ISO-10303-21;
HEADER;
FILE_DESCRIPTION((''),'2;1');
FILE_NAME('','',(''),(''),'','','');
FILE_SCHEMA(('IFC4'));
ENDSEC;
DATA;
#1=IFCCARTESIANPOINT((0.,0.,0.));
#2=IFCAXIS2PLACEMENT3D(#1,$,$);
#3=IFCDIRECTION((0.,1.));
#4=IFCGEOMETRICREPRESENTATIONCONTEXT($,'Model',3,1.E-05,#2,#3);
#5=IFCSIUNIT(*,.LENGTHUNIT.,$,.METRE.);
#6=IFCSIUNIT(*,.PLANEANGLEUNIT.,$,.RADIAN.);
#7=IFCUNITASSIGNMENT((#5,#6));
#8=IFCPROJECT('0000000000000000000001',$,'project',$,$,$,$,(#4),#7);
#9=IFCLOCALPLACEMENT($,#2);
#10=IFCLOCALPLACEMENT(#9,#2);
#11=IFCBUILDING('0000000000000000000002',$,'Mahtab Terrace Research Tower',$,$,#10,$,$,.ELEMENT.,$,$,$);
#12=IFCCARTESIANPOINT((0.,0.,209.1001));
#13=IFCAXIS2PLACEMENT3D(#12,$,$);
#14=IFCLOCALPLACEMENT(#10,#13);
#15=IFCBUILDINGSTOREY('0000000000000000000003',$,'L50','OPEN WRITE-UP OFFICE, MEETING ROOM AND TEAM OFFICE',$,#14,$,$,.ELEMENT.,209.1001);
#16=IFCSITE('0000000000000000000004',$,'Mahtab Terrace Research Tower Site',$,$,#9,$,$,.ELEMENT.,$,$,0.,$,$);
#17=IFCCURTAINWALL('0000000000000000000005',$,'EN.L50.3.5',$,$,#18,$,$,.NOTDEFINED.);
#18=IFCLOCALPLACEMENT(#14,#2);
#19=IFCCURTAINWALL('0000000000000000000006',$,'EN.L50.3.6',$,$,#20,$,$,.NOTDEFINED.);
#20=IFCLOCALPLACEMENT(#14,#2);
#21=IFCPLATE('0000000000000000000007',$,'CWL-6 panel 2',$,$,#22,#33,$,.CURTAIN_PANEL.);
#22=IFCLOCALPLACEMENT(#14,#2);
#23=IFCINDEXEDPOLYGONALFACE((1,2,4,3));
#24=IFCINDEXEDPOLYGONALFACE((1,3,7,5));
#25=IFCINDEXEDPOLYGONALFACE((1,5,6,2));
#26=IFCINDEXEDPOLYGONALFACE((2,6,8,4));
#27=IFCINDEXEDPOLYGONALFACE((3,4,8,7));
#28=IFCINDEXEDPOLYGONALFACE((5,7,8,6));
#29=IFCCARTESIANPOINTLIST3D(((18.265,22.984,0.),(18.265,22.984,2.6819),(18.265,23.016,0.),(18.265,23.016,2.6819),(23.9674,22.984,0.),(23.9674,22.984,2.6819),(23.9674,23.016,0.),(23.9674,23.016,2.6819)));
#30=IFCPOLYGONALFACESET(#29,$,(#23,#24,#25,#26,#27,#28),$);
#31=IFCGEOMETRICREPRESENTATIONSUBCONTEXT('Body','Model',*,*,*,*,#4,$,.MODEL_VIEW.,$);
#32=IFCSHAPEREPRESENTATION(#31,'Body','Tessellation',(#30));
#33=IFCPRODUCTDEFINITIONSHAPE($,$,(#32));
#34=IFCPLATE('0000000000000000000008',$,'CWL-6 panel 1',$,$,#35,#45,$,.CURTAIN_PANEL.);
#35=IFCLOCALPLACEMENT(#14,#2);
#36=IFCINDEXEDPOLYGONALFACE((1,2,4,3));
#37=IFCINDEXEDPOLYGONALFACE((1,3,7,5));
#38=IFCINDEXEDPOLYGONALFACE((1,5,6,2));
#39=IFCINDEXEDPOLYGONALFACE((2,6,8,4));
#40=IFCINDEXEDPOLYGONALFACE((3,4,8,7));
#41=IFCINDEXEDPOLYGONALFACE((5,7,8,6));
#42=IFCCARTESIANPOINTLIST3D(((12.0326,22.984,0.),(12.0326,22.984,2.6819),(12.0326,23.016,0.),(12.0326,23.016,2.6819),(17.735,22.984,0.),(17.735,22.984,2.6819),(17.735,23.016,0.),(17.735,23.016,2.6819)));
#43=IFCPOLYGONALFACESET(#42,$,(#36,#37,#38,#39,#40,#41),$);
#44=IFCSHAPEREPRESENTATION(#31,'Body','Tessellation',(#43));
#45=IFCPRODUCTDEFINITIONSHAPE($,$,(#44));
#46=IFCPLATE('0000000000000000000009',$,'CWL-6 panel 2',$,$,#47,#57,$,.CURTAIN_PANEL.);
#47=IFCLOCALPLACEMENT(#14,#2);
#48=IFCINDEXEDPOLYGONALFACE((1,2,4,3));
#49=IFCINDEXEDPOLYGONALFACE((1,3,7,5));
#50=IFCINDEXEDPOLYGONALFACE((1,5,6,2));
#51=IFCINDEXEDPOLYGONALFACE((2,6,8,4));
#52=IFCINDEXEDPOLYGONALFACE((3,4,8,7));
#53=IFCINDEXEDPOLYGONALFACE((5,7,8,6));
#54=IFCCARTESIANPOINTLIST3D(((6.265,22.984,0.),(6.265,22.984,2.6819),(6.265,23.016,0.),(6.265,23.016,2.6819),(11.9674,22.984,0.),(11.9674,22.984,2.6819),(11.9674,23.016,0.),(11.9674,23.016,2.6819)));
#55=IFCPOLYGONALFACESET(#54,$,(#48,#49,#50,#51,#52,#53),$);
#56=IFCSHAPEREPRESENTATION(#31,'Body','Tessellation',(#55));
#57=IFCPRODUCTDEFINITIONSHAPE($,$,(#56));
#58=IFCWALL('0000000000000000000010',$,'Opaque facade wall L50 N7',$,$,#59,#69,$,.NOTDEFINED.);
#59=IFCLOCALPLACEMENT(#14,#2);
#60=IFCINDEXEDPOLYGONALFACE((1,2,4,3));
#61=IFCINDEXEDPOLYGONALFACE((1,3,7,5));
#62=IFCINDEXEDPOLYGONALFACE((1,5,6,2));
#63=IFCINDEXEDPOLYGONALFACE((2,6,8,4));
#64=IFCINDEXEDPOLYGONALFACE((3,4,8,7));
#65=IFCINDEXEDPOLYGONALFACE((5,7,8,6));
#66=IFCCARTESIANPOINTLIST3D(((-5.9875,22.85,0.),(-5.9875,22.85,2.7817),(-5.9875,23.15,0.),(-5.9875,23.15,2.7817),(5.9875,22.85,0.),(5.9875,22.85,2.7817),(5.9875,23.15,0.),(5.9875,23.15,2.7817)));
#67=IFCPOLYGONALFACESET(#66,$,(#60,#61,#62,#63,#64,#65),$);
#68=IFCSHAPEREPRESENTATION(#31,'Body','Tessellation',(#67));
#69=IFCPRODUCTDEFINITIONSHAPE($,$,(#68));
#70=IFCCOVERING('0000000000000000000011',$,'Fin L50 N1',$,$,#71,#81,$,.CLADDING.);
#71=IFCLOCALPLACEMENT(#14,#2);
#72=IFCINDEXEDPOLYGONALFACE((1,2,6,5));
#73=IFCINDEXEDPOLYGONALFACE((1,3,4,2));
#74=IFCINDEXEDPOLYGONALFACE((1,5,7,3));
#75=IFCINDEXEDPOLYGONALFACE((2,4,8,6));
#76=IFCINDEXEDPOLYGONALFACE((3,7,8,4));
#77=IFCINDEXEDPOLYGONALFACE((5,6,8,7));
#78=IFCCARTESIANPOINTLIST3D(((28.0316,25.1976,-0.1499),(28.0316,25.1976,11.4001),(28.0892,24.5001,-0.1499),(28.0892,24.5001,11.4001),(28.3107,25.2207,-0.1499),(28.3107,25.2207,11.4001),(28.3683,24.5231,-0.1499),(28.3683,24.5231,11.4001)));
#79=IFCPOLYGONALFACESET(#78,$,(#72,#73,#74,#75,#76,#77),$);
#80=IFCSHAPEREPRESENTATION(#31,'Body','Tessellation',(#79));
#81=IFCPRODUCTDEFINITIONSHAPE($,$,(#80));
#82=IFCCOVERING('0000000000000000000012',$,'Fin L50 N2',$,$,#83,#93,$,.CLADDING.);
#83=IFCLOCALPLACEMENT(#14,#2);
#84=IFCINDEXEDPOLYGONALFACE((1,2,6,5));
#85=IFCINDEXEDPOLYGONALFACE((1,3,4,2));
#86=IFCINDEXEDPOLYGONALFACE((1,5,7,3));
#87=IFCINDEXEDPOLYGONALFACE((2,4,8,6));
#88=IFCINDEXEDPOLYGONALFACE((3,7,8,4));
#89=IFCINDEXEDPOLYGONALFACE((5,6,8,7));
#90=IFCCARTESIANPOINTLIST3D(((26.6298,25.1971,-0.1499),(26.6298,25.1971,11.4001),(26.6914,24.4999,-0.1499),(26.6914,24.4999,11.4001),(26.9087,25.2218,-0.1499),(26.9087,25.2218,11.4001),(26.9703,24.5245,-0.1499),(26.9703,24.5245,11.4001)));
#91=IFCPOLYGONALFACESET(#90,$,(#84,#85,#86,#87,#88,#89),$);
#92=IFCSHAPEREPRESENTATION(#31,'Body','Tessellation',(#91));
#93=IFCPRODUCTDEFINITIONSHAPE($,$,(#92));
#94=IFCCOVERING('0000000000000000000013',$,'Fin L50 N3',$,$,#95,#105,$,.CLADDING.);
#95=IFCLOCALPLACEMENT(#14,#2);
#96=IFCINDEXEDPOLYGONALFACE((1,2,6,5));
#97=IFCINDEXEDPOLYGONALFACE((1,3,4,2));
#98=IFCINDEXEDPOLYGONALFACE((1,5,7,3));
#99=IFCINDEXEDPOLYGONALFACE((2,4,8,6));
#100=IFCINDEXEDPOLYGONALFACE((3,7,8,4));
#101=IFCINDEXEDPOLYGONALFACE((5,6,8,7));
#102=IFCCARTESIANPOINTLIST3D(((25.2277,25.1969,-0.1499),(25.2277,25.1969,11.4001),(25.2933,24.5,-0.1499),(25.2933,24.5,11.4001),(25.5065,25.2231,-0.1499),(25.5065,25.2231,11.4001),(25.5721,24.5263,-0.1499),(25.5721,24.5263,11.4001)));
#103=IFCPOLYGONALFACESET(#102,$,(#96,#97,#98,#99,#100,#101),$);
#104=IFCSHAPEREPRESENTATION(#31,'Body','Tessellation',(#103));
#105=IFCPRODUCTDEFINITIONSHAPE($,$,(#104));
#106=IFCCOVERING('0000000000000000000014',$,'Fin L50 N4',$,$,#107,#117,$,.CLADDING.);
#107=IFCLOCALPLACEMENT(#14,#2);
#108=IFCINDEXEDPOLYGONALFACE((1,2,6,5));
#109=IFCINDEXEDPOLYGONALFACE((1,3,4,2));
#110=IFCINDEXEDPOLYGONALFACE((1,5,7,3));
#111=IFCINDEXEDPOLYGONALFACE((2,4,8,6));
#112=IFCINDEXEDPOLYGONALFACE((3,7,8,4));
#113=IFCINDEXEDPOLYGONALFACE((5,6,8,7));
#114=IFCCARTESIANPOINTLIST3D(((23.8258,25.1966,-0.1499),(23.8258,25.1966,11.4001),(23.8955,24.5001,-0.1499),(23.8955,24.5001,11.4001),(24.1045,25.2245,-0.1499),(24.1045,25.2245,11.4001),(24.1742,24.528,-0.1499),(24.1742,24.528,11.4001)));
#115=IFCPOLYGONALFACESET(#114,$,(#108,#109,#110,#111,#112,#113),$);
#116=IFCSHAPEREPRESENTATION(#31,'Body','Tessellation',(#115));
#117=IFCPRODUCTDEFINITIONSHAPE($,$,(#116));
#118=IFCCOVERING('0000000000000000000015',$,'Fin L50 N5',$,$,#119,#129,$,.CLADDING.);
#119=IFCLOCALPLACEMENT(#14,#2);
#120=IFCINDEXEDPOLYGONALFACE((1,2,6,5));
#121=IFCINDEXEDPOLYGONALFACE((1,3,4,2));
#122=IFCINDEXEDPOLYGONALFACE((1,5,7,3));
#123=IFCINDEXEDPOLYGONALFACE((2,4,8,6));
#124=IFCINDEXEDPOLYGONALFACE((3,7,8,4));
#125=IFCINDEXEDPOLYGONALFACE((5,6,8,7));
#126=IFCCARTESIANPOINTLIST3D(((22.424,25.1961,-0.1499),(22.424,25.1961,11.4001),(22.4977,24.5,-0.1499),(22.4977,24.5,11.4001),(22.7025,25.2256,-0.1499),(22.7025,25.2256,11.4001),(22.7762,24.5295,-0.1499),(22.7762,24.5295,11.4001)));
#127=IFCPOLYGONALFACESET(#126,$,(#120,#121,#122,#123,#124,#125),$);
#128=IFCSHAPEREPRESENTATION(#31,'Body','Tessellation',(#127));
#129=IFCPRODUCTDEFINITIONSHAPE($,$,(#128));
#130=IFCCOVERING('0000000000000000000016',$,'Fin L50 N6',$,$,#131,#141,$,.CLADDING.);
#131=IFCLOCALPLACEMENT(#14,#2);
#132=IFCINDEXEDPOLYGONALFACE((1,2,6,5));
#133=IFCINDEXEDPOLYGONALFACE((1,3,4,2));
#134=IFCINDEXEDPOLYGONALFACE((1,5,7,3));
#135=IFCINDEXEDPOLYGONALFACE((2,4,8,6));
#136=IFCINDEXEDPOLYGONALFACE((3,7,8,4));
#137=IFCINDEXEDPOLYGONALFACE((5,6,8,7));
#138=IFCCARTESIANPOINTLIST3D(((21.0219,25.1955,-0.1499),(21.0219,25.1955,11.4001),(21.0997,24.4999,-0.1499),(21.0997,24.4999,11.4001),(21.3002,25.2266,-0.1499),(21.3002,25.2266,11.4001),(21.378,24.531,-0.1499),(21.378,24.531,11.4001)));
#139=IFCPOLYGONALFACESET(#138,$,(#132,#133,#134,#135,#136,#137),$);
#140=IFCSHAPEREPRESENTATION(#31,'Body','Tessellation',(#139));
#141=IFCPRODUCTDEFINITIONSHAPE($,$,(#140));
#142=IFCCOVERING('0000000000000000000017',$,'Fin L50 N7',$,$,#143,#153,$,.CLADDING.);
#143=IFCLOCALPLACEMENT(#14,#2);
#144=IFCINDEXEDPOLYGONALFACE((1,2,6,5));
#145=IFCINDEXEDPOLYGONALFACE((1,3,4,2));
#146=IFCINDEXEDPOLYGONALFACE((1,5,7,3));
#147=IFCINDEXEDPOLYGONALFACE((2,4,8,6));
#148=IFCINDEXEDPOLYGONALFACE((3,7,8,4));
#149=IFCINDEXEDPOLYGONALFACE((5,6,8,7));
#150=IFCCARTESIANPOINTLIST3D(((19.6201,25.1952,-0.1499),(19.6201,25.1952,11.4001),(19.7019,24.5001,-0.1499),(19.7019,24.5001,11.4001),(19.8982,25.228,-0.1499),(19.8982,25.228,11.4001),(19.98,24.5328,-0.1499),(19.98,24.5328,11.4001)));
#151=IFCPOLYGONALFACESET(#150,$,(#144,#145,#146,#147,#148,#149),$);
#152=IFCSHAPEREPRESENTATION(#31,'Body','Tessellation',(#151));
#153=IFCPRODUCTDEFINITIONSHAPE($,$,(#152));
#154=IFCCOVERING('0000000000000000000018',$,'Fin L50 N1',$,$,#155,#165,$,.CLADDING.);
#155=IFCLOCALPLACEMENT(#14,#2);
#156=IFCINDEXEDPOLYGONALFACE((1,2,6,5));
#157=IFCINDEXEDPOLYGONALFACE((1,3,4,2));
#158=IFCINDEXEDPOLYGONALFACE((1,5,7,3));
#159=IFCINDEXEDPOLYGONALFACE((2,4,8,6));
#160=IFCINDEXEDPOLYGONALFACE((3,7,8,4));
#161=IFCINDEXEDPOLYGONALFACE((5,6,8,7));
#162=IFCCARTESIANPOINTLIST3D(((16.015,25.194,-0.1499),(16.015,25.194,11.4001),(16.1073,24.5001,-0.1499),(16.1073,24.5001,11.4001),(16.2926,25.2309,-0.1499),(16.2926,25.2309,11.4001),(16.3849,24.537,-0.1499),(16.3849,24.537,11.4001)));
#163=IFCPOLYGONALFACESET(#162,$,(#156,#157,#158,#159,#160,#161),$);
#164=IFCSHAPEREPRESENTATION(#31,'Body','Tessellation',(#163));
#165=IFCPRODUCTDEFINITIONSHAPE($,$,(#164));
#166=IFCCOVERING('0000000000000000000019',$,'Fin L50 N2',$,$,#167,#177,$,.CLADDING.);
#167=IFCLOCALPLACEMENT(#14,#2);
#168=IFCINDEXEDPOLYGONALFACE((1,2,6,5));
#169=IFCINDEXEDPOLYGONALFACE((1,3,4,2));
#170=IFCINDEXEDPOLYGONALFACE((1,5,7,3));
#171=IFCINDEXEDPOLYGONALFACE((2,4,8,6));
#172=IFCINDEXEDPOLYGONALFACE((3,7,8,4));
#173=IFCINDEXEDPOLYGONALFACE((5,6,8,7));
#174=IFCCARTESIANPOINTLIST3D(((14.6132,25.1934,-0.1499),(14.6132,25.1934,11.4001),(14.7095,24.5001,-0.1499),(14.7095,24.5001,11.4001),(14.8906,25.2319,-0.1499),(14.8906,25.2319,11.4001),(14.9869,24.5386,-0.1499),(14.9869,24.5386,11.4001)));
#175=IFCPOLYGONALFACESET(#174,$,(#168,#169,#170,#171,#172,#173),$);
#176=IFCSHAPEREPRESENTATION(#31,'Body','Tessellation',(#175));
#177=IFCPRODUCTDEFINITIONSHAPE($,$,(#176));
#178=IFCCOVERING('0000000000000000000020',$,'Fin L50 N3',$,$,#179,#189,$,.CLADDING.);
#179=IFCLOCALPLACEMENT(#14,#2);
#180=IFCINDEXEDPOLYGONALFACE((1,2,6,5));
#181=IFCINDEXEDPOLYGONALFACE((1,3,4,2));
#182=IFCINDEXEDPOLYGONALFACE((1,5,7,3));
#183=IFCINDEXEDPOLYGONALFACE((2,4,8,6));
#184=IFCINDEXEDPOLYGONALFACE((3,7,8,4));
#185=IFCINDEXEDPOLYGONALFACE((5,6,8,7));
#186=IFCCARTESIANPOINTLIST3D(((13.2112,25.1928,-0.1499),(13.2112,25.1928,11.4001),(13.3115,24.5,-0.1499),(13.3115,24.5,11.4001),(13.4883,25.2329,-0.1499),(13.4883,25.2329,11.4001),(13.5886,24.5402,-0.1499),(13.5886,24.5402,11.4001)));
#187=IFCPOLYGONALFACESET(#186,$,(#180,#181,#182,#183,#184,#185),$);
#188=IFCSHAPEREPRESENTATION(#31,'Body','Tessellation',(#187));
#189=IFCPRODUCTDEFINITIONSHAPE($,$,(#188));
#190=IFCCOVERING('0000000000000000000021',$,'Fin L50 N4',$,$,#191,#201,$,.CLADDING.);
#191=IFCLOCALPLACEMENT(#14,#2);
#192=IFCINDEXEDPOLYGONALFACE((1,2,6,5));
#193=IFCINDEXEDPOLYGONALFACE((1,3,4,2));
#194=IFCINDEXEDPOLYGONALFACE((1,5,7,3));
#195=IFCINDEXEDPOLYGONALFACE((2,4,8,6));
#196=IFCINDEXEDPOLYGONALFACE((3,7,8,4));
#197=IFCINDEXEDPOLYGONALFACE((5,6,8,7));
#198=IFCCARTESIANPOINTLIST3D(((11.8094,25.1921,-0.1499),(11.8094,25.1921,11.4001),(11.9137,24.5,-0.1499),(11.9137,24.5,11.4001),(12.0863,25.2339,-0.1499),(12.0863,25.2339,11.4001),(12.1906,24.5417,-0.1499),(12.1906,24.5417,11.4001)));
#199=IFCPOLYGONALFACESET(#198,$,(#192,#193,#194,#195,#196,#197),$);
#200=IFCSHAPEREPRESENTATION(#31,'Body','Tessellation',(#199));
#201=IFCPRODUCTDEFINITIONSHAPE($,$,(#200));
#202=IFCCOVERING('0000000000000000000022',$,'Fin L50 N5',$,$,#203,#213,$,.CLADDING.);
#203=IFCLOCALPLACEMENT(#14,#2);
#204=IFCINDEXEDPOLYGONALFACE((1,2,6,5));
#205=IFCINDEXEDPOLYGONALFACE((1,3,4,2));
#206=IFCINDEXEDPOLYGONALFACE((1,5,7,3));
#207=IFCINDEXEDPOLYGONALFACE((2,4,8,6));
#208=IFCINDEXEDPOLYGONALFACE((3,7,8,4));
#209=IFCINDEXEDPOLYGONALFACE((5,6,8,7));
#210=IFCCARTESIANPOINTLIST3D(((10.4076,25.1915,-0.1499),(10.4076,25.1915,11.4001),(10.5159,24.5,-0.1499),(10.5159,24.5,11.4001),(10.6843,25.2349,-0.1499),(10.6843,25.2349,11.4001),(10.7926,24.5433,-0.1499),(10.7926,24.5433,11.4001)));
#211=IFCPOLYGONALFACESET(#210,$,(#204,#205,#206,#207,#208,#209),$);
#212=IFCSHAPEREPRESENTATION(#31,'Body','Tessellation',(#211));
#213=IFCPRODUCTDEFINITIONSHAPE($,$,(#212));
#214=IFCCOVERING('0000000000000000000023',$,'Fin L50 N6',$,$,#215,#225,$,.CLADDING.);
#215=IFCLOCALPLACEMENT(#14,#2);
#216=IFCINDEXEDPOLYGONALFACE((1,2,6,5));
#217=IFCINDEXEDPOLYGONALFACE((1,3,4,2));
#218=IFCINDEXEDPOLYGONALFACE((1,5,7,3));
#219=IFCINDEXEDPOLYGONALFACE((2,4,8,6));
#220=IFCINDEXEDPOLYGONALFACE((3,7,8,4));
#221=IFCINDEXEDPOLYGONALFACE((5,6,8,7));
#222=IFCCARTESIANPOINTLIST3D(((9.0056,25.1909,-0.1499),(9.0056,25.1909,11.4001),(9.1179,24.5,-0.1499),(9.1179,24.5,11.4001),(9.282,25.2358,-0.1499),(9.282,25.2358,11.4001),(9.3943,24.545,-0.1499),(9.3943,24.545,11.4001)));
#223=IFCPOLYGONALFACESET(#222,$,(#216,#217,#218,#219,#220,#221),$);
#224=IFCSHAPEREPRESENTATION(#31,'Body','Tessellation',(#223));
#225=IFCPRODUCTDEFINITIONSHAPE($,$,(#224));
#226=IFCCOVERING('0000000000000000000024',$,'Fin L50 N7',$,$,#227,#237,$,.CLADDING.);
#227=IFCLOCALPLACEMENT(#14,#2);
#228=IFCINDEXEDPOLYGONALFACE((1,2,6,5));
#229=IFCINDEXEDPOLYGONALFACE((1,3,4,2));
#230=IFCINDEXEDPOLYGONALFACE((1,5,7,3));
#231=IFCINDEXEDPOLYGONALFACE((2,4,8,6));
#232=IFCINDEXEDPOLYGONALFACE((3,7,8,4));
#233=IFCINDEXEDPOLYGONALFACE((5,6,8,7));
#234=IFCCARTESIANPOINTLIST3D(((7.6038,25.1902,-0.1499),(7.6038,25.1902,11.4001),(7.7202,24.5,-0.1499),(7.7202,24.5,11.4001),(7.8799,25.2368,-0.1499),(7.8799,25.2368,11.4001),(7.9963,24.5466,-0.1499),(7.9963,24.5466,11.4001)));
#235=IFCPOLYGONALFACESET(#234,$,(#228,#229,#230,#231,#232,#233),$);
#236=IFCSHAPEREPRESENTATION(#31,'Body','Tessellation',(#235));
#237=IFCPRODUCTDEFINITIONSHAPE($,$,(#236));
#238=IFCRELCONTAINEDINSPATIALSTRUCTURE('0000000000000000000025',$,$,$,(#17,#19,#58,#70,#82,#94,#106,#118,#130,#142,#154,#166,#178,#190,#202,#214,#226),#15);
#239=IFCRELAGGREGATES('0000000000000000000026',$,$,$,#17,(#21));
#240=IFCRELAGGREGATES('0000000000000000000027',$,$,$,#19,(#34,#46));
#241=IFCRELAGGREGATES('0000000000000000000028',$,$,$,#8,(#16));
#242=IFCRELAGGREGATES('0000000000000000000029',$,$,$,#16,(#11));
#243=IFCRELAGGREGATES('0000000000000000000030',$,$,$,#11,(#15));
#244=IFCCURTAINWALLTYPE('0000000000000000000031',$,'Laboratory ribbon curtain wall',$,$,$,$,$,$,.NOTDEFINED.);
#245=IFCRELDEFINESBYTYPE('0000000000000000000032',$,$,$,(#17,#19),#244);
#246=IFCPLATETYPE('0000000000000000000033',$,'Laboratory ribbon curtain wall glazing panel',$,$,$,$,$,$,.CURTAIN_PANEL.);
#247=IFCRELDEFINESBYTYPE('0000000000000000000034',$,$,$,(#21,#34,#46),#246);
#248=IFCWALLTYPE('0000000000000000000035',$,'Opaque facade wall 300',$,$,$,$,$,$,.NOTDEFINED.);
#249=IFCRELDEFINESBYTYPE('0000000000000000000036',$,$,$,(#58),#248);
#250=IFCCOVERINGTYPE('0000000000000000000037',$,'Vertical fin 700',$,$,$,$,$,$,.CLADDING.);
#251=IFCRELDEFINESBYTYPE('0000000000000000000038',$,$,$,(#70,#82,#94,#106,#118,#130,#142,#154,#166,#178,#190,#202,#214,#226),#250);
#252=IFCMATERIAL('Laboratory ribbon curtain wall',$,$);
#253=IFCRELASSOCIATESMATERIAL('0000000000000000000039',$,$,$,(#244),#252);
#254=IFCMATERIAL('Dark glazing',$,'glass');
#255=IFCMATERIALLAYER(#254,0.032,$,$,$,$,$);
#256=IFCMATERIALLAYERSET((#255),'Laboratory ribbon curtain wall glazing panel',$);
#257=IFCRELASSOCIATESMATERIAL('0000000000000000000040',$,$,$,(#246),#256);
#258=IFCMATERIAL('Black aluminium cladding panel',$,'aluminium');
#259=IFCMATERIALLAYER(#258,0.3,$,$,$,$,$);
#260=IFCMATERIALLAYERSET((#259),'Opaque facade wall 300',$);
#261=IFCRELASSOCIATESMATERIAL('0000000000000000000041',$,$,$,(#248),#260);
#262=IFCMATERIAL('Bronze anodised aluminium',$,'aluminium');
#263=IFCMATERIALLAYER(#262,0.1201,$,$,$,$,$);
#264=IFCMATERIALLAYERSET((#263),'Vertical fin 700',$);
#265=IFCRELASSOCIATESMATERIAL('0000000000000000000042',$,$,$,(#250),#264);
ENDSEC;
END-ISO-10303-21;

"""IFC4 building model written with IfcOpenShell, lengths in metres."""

from ifc_helpers import new_model, si_unit, direction, frame, frame_2d, origin, origin_2d, place, context, subcontext, project, spatial, rectangle, extrude, material, layer, layer_set, type_object, element, aggregate, save


model = new_model("IFC4")

# Units and contexts
model_context = context("Model", 3, precision=1e-05, world=origin(), true_north=direction((0.0, 1.0)))
body_context = subcontext(model_context, "Body", "Model", "MODEL_VIEW")
ifc_project = project(units=[si_unit("LENGTHUNIT", "METRE"), si_unit("PLANEANGLEUNIT", "RADIAN")], contexts=[model_context])

# Site, building, storey
site_placement = place(None, origin())
site = spatial("IfcSite", under=ifc_project, at=site_placement, Name="Mahtab Terrace Research Tower Site", CompositionType="ELEMENT", RefElevation=0.0)
building_placement = place(site_placement, origin())
building = spatial("IfcBuilding", under=site, at=building_placement, Name="Mahtab Terrace Research Tower", CompositionType="ELEMENT")
storey_placement = place(building_placement, frame((0.0, 0.0, 209.1001)))
storey = spatial("IfcBuildingStorey", under=building, at=storey_placement, Name="L50", Description="OPEN WRITE-UP OFFICE, MEETING ROOM AND TEAM OFFICE", CompositionType="ELEMENT", Elevation=209.1001)

# Curtain walls
ifc_material_1 = material(Name="Laboratory ribbon curtain wall")
curtain_wall_type = type_object("IfcCurtainWallType", Name="Laboratory ribbon curtain wall", PredefinedType="NOTDEFINED", material=ifc_material_1)
curtain_wall_1_placement = place(storey_placement, origin())
curtain_wall_1 = element("IfcCurtainWall", 1, at=curtain_wall_1_placement, inside=storey, type_object=curtain_wall_type, Name="EN.L50.3.5", PredefinedType="NOTDEFINED")
curtain_wall_2_placement = place(storey_placement, origin())
curtain_wall_2 = element("IfcCurtainWall", 2, at=curtain_wall_2_placement, inside=storey, type_object=curtain_wall_type, Name="EN.L50.3.6", PredefinedType="NOTDEFINED")

# Plates
ifc_material_2 = material(Name="Dark glazing", Category="glass")
ifc_layer_1 = layer(ifc_material_2, 0.032)
ifc_layer_set_1 = layer_set([ifc_layer_1], Name="Laboratory ribbon curtain wall glazing panel")
plate_type = type_object("IfcPlateType", Name="Laboratory ribbon curtain wall glazing panel", PredefinedType="CURTAIN_PANEL", material=ifc_layer_set_1)
plate_1_placement = place(storey_placement, frame((21.1162, 23.0, 0.0), z_axis=(0.0, 0.0, 1.0), x_axis=(-1.0, 0.0, 0.0)))
plate_1 = element("IfcPlate", 3, at=plate_1_placement, type_object=plate_type, Name="CWL-6 panel 2", PredefinedType="CURTAIN_PANEL", context=body_context, shape_type="SweptSolid", body=[
    extrude(rectangle(XDim=5.7024, YDim=0.032, at=origin_2d()), origin(), (0.0, 0.0, 1.0), 2.6819),
])
aggregate(curtain_wall_1, [plate_1])
plate_2_placement = place(storey_placement, frame((14.8838, 23.0, 0.0), z_axis=(0.0, 0.0, 1.0), x_axis=(-1.0, 0.0, 0.0)))
plate_2 = element("IfcPlate", 4, at=plate_2_placement, type_object=plate_type, Name="CWL-6 panel 1", PredefinedType="CURTAIN_PANEL", context=body_context, shape_type="SweptSolid", body=[
    extrude(rectangle(XDim=5.7024, YDim=0.032, at=origin_2d()), origin(), (0.0, 0.0, 1.0), 2.6819),
])
plate_3_placement = place(storey_placement, frame((9.1162, 23.0, 0.0), z_axis=(0.0, 0.0, 1.0), x_axis=(-1.0, 0.0, 0.0)))
plate_3 = element("IfcPlate", 5, at=plate_3_placement, type_object=plate_type, Name="CWL-6 panel 2", PredefinedType="CURTAIN_PANEL", context=body_context, shape_type="SweptSolid", body=[
    extrude(rectangle(XDim=5.7024, YDim=0.032, at=origin_2d()), origin(), (0.0, 0.0, 1.0), 2.6819),
])
aggregate(curtain_wall_2, [plate_2, plate_3])

# Wall
ifc_material_3 = material(Name="Black aluminium cladding panel", Category="aluminium")
ifc_layer_2 = layer(ifc_material_3, 0.3)
ifc_layer_set_2 = layer_set([ifc_layer_2], Name="Opaque facade wall 300")
wall_type = type_object("IfcWallType", Name="Opaque facade wall 300", PredefinedType="NOTDEFINED", material=ifc_layer_set_2)
wall_placement = place(storey_placement, frame((5.9875, 23.0, 0.0), z_axis=(0.0, 0.0, 1.0), x_axis=(-1.0, 0.0, 0.0)))
element("IfcWall", 6, at=wall_placement, inside=storey, type_object=wall_type, Name="Opaque facade wall L50 N7", PredefinedType="NOTDEFINED", context=body_context, shape_type="SweptSolid", body=[
    extrude(rectangle(XDim=11.9751, YDim=0.3, at=frame_2d((5.9875, 0.0))), origin(), (0.0, 0.0, 1.0), 2.7817),
])

# Coverings
ifc_material_4 = material(Name="Bronze anodised aluminium", Category="aluminium")
ifc_layer_3 = layer(ifc_material_4, 0.1201)
ifc_layer_set_3 = layer_set([ifc_layer_3], Name="Vertical fin 700")
covering_type = type_object("IfcCoveringType", Name="Vertical fin 700", PredefinedType="CLADDING", material=ifc_layer_set_3)
for number, where, z_axis, x_axis, name in (
    (7, (28.2, 24.8604, -0.1499), (0.0, 0.0, 1.0), (-0.996617, -0.082187, 0.0), "Fin L50 N1"),
    (8, (26.8, 24.8608, -0.1499), (0.0, 0.0, 1.0), (-0.996122, -0.087984, 0.0), "Fin L50 N2"),
    (9, (25.3999, 24.8616, -0.1499), (0.0, 0.0, 1.0), (-0.995593, -0.093777, 0.0), "Fin L50 N3"),
    (10, (24.0, 24.8623, -0.1499), (0.0, 0.0, 1.0), (-0.995031, -0.099568, 0.0), "Fin L50 N4"),
    (11, (22.6001, 24.8628, -0.1499), (0.0, 0.0, 1.0), (-0.994435, -0.105355, 0.0), "Fin L50 N5"),
    (12, (21.2, 24.8633, -0.1499), (0.0, 0.0, 1.0), (-0.993805, -0.111139, 0.0), "Fin L50 N6"),
    (13, (19.8, 24.864, -0.1499), (0.0, 0.0, 1.0), (-0.993142, -0.116918, 0.0), "Fin L50 N7"),
    (14, (16.2, 24.8655, -0.1499), (0.0, 0.0, 1.0), (-0.991281, -0.131762, 0.0), "Fin L50 N1"),
    (15, (14.8, 24.866, -0.1499), (0.0, 0.0, 1.0), (-0.990498, -0.137527, 0.0), "Fin L50 N2"),
    (16, (13.3999, 24.8665, -0.1499), (0.0, 0.0, 1.0), (-0.989681, -0.143287, 0.0), "Fin L50 N3"),
    (17, (12.0, 24.8669, -0.1499), (0.0, 0.0, 1.0), (-0.988831, -0.149042, 0.0), "Fin L50 N4"),
    (18, (10.6001, 24.8674, -0.1499), (0.0, 0.0, 1.0), (-0.987947, -0.154792, 0.0), "Fin L50 N5"),
    (19, (9.2, 24.8679, -0.1499), (0.0, 0.0, 1.0), (-0.98703, -0.160537, 0.0), "Fin L50 N6"),
    (20, (7.8, 24.8684, -0.1499), (0.0, 0.0, 1.0), (-0.986079, -0.166277, 0.0), "Fin L50 N7"),
):
    element("IfcCovering", number, at=place(storey_placement, frame(where, z_axis=z_axis, x_axis=x_axis)), inside=storey, type_object=covering_type, Name=name, PredefinedType="CLADDING", context=body_context, shape_type="SweptSolid", body=[
        extrude(rectangle(XDim=0.28, YDim=0.7, at=origin_2d()), origin(), (0.0, 0.0, 1.0), 11.55),
    ])

save(model, "model.ifc")
